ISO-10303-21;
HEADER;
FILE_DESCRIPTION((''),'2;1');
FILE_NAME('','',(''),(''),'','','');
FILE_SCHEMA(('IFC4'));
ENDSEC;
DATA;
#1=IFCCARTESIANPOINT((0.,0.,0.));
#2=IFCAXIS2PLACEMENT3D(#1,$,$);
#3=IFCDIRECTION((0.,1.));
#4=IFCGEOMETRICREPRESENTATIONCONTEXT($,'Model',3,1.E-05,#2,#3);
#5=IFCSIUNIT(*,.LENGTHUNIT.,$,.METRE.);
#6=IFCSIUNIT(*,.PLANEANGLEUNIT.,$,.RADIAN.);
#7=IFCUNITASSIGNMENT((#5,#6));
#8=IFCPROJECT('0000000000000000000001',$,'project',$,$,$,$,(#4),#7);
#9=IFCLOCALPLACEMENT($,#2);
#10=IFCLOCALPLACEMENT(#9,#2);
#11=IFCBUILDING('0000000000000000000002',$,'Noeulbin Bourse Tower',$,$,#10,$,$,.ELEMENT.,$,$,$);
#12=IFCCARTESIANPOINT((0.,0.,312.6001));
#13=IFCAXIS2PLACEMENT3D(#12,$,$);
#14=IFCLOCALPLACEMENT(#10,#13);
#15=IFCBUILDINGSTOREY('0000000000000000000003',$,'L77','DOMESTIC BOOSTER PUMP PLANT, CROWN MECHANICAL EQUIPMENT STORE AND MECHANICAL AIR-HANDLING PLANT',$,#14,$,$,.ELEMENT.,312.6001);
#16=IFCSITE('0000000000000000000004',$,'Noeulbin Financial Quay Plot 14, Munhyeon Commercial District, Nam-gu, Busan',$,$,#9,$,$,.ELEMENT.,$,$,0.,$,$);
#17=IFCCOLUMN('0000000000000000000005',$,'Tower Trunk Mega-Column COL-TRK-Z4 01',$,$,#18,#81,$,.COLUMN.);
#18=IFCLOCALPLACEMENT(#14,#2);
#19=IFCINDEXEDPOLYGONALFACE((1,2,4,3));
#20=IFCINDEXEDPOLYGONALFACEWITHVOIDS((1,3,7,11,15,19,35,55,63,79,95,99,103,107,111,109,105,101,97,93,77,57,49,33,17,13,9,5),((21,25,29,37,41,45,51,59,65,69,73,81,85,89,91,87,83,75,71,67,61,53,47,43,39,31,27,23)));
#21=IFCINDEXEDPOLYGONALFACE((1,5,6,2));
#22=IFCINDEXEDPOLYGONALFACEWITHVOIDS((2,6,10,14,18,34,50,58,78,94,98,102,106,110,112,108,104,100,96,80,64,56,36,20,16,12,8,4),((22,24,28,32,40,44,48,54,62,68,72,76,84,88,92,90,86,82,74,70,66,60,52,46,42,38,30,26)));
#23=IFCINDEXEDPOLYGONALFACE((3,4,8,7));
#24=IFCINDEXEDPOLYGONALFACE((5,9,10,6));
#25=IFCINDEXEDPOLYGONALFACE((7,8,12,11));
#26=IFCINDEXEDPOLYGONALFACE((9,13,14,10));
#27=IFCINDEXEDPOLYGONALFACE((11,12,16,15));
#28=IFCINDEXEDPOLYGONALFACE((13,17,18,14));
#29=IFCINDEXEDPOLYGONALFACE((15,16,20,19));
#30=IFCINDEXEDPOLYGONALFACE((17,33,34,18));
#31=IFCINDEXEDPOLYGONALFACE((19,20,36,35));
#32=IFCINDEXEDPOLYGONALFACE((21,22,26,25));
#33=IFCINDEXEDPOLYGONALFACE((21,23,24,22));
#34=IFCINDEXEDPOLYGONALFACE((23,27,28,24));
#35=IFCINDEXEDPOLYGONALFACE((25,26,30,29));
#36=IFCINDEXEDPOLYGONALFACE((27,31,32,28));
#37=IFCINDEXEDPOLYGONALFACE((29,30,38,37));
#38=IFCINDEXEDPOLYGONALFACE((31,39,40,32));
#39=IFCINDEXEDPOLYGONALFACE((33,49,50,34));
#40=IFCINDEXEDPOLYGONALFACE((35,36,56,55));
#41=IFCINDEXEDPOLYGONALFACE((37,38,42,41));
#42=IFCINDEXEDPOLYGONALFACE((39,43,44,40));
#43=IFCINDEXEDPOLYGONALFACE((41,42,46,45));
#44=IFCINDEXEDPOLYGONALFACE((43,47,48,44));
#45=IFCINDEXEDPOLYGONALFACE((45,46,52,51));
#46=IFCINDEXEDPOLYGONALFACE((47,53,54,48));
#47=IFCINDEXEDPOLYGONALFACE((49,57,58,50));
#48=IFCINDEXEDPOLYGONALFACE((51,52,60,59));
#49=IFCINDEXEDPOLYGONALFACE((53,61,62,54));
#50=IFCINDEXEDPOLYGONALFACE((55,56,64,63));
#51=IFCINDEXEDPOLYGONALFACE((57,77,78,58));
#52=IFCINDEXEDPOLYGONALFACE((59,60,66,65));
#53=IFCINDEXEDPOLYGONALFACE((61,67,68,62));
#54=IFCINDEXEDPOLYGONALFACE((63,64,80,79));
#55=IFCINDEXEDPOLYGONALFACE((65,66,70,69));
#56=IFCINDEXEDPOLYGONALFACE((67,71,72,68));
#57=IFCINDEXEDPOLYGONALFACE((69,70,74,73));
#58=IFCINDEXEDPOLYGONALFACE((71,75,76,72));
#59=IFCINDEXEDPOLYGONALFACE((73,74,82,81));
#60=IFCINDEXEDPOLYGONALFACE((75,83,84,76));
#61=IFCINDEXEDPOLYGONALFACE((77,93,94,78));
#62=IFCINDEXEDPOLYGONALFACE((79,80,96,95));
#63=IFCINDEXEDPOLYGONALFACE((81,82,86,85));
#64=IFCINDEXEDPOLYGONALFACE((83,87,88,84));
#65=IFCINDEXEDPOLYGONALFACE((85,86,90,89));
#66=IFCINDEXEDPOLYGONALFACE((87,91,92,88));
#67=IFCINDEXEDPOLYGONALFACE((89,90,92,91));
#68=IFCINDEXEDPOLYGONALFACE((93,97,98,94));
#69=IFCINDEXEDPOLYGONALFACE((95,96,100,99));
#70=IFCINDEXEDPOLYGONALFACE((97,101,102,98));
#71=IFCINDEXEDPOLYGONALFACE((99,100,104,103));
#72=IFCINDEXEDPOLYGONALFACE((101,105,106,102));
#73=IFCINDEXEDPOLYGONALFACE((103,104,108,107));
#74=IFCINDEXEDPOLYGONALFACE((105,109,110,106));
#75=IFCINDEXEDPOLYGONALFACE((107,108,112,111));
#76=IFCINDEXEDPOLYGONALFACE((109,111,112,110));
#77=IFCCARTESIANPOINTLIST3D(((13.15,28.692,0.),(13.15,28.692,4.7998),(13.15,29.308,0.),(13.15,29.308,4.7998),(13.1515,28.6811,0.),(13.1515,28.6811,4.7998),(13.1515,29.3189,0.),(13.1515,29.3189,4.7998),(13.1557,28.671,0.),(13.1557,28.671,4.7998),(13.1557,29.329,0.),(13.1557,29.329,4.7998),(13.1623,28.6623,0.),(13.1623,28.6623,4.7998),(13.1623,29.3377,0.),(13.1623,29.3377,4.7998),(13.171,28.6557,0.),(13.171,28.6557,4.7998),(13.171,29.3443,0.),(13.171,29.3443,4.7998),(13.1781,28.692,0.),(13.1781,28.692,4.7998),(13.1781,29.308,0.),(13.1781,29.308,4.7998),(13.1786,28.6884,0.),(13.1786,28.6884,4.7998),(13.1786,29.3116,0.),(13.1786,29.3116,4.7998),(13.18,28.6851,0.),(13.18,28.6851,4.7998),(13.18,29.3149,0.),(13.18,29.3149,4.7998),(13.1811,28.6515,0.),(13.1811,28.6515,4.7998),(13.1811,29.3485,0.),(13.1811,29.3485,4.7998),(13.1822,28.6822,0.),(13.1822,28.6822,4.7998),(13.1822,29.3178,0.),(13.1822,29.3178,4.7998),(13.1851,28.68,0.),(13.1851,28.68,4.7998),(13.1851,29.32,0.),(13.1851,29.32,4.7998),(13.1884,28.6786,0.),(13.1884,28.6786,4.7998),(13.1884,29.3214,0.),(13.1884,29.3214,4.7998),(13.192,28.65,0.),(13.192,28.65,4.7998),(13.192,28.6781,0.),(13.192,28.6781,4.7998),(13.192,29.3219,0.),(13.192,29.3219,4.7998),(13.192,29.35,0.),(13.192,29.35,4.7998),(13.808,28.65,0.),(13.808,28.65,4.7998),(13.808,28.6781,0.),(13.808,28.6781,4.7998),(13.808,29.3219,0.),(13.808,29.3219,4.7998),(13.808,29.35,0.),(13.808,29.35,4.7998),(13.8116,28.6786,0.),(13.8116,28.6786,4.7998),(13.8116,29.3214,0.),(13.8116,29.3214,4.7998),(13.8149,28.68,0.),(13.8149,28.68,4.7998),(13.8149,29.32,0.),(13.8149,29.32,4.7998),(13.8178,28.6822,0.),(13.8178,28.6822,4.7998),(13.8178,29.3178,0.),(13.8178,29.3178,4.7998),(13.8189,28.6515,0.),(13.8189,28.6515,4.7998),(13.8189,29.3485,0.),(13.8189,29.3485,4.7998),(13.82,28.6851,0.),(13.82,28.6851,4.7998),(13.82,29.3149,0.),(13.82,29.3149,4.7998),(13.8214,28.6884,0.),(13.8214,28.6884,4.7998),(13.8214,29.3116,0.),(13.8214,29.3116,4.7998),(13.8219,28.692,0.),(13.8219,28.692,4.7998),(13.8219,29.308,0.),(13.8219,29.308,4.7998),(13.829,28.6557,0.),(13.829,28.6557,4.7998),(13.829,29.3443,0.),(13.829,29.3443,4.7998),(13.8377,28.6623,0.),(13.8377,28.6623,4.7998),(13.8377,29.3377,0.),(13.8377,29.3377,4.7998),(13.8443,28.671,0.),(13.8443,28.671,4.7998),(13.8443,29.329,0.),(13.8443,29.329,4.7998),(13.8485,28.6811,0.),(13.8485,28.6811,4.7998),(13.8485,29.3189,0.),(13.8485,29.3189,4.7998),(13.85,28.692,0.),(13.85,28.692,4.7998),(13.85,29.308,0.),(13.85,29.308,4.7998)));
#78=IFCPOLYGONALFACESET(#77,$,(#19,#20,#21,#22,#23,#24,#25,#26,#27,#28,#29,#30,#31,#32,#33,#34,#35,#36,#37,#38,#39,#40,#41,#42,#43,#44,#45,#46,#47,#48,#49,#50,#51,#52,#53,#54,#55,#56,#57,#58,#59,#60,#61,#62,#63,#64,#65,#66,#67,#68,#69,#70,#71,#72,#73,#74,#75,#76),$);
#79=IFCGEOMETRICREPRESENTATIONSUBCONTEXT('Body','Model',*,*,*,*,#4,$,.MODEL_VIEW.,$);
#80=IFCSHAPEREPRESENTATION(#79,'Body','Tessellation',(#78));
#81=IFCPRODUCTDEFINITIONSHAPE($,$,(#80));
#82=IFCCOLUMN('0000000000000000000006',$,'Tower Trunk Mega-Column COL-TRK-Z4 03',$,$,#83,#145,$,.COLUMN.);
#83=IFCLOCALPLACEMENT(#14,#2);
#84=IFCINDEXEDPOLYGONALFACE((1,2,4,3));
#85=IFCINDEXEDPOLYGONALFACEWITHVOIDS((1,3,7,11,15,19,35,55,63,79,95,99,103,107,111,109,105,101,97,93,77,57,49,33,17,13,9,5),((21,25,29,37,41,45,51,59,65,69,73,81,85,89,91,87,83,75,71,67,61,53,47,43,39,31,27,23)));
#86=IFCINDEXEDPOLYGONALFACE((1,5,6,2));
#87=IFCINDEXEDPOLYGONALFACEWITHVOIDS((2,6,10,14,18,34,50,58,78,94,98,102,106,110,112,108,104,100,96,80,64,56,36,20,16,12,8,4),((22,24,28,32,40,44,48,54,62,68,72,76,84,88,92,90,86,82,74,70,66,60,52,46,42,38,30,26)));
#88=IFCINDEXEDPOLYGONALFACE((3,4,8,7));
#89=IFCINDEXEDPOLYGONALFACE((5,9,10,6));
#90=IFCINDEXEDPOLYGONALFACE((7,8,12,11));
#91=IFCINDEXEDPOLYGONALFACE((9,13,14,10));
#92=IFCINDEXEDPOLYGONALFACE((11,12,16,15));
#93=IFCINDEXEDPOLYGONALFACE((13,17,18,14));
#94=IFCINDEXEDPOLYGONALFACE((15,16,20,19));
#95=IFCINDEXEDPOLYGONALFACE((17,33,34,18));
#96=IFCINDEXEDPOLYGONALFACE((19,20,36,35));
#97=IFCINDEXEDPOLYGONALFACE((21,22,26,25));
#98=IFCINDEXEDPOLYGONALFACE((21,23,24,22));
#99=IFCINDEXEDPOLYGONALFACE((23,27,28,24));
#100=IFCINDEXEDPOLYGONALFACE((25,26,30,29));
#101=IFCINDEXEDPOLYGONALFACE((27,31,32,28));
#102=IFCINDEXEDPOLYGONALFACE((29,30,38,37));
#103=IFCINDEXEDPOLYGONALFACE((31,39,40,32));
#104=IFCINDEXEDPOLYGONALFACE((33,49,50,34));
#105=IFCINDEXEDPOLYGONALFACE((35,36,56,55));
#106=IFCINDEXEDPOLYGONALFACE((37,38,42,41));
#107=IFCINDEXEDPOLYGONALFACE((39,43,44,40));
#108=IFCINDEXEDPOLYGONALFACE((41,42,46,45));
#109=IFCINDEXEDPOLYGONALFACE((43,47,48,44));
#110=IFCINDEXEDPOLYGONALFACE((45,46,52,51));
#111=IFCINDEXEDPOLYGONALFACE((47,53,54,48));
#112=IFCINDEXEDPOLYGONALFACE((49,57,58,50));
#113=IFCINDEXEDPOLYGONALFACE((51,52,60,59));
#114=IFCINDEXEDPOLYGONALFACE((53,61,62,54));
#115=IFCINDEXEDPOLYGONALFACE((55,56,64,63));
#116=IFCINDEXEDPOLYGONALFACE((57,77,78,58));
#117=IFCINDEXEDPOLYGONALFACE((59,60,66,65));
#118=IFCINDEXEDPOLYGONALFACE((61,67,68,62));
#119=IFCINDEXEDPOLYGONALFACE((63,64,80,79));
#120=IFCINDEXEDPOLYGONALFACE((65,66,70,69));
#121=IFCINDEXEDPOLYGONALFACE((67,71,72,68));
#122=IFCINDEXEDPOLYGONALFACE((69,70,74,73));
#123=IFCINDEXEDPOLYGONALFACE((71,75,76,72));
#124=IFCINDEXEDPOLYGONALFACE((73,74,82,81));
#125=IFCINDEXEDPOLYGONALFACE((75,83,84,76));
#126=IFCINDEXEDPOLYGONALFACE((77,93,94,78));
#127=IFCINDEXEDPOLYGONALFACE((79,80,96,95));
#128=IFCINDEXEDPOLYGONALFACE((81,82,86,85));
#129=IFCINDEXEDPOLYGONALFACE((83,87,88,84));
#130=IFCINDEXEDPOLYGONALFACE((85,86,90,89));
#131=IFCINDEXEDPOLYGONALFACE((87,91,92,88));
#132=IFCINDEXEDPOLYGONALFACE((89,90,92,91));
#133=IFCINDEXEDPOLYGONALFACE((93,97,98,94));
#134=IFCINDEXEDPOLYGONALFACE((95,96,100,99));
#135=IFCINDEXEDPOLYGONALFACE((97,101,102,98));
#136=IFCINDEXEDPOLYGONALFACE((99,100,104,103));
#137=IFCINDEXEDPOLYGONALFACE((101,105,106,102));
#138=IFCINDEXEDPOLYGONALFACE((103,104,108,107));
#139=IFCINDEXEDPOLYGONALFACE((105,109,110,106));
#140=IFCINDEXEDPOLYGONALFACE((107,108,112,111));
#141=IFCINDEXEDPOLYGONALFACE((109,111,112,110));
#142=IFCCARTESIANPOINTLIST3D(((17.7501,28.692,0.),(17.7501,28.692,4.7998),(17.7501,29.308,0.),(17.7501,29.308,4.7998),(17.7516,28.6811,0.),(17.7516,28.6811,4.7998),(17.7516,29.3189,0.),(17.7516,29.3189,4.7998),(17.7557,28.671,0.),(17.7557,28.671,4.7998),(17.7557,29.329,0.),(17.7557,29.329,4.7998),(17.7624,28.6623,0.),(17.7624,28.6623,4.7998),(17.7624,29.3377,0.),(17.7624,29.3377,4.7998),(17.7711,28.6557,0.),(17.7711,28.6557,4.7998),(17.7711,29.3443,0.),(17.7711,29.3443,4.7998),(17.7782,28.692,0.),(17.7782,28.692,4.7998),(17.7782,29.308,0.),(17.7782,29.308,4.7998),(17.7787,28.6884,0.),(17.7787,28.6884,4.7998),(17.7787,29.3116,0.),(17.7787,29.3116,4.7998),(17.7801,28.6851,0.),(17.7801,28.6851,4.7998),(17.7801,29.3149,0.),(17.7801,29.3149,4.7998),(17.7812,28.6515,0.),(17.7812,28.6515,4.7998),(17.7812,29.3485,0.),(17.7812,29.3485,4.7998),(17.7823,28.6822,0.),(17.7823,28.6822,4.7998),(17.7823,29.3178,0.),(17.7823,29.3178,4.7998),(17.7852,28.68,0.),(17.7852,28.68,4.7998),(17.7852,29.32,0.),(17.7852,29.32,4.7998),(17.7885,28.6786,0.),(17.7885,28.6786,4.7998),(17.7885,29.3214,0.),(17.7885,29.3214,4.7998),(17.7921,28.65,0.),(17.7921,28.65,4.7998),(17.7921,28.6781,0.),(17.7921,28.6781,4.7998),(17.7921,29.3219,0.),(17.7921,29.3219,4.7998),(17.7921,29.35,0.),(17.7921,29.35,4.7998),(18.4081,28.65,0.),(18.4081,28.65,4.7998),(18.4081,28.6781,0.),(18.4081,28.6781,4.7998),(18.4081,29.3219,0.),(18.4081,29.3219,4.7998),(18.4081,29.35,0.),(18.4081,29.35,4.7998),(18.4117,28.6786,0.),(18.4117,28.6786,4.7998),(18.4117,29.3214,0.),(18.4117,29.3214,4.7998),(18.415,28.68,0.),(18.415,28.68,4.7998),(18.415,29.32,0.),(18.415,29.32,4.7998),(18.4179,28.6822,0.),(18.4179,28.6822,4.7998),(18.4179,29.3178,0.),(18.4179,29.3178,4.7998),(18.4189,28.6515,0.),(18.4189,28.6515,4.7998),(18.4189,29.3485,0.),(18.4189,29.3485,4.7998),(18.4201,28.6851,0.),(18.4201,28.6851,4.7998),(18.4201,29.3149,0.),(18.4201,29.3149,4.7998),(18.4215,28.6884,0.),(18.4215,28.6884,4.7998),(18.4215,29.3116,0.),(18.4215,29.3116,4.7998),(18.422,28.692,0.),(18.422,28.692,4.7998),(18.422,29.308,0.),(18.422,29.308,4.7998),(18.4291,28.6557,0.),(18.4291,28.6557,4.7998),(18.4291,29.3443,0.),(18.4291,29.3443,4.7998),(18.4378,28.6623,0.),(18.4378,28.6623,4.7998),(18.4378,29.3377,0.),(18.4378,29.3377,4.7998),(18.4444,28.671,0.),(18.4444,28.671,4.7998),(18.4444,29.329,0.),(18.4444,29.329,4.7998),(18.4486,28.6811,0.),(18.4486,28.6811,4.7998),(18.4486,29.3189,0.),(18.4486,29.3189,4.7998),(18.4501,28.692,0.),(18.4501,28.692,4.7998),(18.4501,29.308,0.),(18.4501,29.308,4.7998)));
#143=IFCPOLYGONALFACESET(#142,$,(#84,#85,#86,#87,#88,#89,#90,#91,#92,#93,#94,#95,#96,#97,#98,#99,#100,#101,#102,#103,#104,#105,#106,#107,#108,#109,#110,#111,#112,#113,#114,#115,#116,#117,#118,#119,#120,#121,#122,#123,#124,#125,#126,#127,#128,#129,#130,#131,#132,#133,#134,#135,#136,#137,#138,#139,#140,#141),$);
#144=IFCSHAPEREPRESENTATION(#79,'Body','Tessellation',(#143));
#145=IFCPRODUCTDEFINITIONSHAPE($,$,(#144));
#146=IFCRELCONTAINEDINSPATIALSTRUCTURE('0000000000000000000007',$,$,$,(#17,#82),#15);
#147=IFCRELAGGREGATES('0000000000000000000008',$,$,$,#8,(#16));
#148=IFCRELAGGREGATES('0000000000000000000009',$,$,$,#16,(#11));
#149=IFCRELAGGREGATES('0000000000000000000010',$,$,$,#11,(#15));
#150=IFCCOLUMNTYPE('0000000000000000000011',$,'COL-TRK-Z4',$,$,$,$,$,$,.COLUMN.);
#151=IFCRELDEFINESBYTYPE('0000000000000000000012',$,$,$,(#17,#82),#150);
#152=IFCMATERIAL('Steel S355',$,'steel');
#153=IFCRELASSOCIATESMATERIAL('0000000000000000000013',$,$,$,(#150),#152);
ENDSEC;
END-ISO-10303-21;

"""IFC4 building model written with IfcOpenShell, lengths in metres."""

from ifc_helpers import new_model, si_unit, direction, frame, origin, origin_2d, place, context, subcontext, project, spatial, hollow_rectangle, extrude, material, material_profile, profile_set, type_object, element, save


model = new_model("IFC4")

# Units and contexts
model_context = context("Model", 3, precision=1e-05, world=origin(), true_north=direction((0.0, 1.0)))
body_context = subcontext(model_context, "Body", "Model", "MODEL_VIEW")
ifc_project = project(units=[si_unit("LENGTHUNIT", "METRE"), si_unit("PLANEANGLEUNIT", "RADIAN")], contexts=[model_context])

# Site, building, storey
site_placement = place(None, origin())
site = spatial("IfcSite", under=ifc_project, at=site_placement, Name="Noeulbin Financial Quay Plot 14, Munhyeon Commercial District, Nam-gu, Busan", CompositionType="ELEMENT", RefElevation=0.0)
building_placement = place(site_placement, origin())
building = spatial("IfcBuilding", under=site, at=building_placement, Name="Noeulbin Bourse Tower", CompositionType="ELEMENT")
storey_placement = place(building_placement, frame((0.0, 0.0, 312.6001)))
storey = spatial("IfcBuildingStorey", under=building, at=storey_placement, Name="L77", Description="DOMESTIC BOOSTER PUMP PLANT, CROWN MECHANICAL EQUIPMENT STORE AND MECHANICAL AIR-HANDLING PLANT", CompositionType="ELEMENT", Elevation=312.6001)

# Columns
ifc_material_1 = material(Name="Steel S355", Category="steel")
ifc_material_profile_1 = material_profile(ifc_material_1, hollow_rectangle(XDim=0.7, YDim=0.7, WallThickness=0.0281, InnerFilletRadius=0.0139, OuterFilletRadius=0.042, at=origin_2d()), Name="BOX-700x700x28", Category="LoadBearing")
ifc_profile_set_1 = profile_set([ifc_material_profile_1], Name="Steel S355")
column_type = type_object("IfcColumnType", Name="COL-TRK-Z4", PredefinedType="COLUMN", material=ifc_profile_set_1)
for number, where, z_axis, x_axis, name in (
    (1, (13.5, 29.0, 0.0), (0.0, 0.0, 1.0), (1.0, 0.0, 0.0), "Tower Trunk Mega-Column COL-TRK-Z4 01"),
    (2, (18.1001, 29.0, 0.0), (0.0, 0.0, 1.0), (1.0, 0.0, 0.0), "Tower Trunk Mega-Column COL-TRK-Z4 03"),
):
    element("IfcColumn", number, at=place(storey_placement, frame(where, z_axis=z_axis, x_axis=x_axis)), inside=storey, type_object=column_type, Name=name, PredefinedType="COLUMN", context=body_context, shape_type="SweptSolid", body=[
        extrude(hollow_rectangle(XDim=0.7, YDim=0.7, WallThickness=0.0281, InnerFilletRadius=0.0139, OuterFilletRadius=0.042, at=origin_2d()), origin(), (0.0, 0.0, 1.0), 4.7998),
    ])

save(model, "model.ifc")
